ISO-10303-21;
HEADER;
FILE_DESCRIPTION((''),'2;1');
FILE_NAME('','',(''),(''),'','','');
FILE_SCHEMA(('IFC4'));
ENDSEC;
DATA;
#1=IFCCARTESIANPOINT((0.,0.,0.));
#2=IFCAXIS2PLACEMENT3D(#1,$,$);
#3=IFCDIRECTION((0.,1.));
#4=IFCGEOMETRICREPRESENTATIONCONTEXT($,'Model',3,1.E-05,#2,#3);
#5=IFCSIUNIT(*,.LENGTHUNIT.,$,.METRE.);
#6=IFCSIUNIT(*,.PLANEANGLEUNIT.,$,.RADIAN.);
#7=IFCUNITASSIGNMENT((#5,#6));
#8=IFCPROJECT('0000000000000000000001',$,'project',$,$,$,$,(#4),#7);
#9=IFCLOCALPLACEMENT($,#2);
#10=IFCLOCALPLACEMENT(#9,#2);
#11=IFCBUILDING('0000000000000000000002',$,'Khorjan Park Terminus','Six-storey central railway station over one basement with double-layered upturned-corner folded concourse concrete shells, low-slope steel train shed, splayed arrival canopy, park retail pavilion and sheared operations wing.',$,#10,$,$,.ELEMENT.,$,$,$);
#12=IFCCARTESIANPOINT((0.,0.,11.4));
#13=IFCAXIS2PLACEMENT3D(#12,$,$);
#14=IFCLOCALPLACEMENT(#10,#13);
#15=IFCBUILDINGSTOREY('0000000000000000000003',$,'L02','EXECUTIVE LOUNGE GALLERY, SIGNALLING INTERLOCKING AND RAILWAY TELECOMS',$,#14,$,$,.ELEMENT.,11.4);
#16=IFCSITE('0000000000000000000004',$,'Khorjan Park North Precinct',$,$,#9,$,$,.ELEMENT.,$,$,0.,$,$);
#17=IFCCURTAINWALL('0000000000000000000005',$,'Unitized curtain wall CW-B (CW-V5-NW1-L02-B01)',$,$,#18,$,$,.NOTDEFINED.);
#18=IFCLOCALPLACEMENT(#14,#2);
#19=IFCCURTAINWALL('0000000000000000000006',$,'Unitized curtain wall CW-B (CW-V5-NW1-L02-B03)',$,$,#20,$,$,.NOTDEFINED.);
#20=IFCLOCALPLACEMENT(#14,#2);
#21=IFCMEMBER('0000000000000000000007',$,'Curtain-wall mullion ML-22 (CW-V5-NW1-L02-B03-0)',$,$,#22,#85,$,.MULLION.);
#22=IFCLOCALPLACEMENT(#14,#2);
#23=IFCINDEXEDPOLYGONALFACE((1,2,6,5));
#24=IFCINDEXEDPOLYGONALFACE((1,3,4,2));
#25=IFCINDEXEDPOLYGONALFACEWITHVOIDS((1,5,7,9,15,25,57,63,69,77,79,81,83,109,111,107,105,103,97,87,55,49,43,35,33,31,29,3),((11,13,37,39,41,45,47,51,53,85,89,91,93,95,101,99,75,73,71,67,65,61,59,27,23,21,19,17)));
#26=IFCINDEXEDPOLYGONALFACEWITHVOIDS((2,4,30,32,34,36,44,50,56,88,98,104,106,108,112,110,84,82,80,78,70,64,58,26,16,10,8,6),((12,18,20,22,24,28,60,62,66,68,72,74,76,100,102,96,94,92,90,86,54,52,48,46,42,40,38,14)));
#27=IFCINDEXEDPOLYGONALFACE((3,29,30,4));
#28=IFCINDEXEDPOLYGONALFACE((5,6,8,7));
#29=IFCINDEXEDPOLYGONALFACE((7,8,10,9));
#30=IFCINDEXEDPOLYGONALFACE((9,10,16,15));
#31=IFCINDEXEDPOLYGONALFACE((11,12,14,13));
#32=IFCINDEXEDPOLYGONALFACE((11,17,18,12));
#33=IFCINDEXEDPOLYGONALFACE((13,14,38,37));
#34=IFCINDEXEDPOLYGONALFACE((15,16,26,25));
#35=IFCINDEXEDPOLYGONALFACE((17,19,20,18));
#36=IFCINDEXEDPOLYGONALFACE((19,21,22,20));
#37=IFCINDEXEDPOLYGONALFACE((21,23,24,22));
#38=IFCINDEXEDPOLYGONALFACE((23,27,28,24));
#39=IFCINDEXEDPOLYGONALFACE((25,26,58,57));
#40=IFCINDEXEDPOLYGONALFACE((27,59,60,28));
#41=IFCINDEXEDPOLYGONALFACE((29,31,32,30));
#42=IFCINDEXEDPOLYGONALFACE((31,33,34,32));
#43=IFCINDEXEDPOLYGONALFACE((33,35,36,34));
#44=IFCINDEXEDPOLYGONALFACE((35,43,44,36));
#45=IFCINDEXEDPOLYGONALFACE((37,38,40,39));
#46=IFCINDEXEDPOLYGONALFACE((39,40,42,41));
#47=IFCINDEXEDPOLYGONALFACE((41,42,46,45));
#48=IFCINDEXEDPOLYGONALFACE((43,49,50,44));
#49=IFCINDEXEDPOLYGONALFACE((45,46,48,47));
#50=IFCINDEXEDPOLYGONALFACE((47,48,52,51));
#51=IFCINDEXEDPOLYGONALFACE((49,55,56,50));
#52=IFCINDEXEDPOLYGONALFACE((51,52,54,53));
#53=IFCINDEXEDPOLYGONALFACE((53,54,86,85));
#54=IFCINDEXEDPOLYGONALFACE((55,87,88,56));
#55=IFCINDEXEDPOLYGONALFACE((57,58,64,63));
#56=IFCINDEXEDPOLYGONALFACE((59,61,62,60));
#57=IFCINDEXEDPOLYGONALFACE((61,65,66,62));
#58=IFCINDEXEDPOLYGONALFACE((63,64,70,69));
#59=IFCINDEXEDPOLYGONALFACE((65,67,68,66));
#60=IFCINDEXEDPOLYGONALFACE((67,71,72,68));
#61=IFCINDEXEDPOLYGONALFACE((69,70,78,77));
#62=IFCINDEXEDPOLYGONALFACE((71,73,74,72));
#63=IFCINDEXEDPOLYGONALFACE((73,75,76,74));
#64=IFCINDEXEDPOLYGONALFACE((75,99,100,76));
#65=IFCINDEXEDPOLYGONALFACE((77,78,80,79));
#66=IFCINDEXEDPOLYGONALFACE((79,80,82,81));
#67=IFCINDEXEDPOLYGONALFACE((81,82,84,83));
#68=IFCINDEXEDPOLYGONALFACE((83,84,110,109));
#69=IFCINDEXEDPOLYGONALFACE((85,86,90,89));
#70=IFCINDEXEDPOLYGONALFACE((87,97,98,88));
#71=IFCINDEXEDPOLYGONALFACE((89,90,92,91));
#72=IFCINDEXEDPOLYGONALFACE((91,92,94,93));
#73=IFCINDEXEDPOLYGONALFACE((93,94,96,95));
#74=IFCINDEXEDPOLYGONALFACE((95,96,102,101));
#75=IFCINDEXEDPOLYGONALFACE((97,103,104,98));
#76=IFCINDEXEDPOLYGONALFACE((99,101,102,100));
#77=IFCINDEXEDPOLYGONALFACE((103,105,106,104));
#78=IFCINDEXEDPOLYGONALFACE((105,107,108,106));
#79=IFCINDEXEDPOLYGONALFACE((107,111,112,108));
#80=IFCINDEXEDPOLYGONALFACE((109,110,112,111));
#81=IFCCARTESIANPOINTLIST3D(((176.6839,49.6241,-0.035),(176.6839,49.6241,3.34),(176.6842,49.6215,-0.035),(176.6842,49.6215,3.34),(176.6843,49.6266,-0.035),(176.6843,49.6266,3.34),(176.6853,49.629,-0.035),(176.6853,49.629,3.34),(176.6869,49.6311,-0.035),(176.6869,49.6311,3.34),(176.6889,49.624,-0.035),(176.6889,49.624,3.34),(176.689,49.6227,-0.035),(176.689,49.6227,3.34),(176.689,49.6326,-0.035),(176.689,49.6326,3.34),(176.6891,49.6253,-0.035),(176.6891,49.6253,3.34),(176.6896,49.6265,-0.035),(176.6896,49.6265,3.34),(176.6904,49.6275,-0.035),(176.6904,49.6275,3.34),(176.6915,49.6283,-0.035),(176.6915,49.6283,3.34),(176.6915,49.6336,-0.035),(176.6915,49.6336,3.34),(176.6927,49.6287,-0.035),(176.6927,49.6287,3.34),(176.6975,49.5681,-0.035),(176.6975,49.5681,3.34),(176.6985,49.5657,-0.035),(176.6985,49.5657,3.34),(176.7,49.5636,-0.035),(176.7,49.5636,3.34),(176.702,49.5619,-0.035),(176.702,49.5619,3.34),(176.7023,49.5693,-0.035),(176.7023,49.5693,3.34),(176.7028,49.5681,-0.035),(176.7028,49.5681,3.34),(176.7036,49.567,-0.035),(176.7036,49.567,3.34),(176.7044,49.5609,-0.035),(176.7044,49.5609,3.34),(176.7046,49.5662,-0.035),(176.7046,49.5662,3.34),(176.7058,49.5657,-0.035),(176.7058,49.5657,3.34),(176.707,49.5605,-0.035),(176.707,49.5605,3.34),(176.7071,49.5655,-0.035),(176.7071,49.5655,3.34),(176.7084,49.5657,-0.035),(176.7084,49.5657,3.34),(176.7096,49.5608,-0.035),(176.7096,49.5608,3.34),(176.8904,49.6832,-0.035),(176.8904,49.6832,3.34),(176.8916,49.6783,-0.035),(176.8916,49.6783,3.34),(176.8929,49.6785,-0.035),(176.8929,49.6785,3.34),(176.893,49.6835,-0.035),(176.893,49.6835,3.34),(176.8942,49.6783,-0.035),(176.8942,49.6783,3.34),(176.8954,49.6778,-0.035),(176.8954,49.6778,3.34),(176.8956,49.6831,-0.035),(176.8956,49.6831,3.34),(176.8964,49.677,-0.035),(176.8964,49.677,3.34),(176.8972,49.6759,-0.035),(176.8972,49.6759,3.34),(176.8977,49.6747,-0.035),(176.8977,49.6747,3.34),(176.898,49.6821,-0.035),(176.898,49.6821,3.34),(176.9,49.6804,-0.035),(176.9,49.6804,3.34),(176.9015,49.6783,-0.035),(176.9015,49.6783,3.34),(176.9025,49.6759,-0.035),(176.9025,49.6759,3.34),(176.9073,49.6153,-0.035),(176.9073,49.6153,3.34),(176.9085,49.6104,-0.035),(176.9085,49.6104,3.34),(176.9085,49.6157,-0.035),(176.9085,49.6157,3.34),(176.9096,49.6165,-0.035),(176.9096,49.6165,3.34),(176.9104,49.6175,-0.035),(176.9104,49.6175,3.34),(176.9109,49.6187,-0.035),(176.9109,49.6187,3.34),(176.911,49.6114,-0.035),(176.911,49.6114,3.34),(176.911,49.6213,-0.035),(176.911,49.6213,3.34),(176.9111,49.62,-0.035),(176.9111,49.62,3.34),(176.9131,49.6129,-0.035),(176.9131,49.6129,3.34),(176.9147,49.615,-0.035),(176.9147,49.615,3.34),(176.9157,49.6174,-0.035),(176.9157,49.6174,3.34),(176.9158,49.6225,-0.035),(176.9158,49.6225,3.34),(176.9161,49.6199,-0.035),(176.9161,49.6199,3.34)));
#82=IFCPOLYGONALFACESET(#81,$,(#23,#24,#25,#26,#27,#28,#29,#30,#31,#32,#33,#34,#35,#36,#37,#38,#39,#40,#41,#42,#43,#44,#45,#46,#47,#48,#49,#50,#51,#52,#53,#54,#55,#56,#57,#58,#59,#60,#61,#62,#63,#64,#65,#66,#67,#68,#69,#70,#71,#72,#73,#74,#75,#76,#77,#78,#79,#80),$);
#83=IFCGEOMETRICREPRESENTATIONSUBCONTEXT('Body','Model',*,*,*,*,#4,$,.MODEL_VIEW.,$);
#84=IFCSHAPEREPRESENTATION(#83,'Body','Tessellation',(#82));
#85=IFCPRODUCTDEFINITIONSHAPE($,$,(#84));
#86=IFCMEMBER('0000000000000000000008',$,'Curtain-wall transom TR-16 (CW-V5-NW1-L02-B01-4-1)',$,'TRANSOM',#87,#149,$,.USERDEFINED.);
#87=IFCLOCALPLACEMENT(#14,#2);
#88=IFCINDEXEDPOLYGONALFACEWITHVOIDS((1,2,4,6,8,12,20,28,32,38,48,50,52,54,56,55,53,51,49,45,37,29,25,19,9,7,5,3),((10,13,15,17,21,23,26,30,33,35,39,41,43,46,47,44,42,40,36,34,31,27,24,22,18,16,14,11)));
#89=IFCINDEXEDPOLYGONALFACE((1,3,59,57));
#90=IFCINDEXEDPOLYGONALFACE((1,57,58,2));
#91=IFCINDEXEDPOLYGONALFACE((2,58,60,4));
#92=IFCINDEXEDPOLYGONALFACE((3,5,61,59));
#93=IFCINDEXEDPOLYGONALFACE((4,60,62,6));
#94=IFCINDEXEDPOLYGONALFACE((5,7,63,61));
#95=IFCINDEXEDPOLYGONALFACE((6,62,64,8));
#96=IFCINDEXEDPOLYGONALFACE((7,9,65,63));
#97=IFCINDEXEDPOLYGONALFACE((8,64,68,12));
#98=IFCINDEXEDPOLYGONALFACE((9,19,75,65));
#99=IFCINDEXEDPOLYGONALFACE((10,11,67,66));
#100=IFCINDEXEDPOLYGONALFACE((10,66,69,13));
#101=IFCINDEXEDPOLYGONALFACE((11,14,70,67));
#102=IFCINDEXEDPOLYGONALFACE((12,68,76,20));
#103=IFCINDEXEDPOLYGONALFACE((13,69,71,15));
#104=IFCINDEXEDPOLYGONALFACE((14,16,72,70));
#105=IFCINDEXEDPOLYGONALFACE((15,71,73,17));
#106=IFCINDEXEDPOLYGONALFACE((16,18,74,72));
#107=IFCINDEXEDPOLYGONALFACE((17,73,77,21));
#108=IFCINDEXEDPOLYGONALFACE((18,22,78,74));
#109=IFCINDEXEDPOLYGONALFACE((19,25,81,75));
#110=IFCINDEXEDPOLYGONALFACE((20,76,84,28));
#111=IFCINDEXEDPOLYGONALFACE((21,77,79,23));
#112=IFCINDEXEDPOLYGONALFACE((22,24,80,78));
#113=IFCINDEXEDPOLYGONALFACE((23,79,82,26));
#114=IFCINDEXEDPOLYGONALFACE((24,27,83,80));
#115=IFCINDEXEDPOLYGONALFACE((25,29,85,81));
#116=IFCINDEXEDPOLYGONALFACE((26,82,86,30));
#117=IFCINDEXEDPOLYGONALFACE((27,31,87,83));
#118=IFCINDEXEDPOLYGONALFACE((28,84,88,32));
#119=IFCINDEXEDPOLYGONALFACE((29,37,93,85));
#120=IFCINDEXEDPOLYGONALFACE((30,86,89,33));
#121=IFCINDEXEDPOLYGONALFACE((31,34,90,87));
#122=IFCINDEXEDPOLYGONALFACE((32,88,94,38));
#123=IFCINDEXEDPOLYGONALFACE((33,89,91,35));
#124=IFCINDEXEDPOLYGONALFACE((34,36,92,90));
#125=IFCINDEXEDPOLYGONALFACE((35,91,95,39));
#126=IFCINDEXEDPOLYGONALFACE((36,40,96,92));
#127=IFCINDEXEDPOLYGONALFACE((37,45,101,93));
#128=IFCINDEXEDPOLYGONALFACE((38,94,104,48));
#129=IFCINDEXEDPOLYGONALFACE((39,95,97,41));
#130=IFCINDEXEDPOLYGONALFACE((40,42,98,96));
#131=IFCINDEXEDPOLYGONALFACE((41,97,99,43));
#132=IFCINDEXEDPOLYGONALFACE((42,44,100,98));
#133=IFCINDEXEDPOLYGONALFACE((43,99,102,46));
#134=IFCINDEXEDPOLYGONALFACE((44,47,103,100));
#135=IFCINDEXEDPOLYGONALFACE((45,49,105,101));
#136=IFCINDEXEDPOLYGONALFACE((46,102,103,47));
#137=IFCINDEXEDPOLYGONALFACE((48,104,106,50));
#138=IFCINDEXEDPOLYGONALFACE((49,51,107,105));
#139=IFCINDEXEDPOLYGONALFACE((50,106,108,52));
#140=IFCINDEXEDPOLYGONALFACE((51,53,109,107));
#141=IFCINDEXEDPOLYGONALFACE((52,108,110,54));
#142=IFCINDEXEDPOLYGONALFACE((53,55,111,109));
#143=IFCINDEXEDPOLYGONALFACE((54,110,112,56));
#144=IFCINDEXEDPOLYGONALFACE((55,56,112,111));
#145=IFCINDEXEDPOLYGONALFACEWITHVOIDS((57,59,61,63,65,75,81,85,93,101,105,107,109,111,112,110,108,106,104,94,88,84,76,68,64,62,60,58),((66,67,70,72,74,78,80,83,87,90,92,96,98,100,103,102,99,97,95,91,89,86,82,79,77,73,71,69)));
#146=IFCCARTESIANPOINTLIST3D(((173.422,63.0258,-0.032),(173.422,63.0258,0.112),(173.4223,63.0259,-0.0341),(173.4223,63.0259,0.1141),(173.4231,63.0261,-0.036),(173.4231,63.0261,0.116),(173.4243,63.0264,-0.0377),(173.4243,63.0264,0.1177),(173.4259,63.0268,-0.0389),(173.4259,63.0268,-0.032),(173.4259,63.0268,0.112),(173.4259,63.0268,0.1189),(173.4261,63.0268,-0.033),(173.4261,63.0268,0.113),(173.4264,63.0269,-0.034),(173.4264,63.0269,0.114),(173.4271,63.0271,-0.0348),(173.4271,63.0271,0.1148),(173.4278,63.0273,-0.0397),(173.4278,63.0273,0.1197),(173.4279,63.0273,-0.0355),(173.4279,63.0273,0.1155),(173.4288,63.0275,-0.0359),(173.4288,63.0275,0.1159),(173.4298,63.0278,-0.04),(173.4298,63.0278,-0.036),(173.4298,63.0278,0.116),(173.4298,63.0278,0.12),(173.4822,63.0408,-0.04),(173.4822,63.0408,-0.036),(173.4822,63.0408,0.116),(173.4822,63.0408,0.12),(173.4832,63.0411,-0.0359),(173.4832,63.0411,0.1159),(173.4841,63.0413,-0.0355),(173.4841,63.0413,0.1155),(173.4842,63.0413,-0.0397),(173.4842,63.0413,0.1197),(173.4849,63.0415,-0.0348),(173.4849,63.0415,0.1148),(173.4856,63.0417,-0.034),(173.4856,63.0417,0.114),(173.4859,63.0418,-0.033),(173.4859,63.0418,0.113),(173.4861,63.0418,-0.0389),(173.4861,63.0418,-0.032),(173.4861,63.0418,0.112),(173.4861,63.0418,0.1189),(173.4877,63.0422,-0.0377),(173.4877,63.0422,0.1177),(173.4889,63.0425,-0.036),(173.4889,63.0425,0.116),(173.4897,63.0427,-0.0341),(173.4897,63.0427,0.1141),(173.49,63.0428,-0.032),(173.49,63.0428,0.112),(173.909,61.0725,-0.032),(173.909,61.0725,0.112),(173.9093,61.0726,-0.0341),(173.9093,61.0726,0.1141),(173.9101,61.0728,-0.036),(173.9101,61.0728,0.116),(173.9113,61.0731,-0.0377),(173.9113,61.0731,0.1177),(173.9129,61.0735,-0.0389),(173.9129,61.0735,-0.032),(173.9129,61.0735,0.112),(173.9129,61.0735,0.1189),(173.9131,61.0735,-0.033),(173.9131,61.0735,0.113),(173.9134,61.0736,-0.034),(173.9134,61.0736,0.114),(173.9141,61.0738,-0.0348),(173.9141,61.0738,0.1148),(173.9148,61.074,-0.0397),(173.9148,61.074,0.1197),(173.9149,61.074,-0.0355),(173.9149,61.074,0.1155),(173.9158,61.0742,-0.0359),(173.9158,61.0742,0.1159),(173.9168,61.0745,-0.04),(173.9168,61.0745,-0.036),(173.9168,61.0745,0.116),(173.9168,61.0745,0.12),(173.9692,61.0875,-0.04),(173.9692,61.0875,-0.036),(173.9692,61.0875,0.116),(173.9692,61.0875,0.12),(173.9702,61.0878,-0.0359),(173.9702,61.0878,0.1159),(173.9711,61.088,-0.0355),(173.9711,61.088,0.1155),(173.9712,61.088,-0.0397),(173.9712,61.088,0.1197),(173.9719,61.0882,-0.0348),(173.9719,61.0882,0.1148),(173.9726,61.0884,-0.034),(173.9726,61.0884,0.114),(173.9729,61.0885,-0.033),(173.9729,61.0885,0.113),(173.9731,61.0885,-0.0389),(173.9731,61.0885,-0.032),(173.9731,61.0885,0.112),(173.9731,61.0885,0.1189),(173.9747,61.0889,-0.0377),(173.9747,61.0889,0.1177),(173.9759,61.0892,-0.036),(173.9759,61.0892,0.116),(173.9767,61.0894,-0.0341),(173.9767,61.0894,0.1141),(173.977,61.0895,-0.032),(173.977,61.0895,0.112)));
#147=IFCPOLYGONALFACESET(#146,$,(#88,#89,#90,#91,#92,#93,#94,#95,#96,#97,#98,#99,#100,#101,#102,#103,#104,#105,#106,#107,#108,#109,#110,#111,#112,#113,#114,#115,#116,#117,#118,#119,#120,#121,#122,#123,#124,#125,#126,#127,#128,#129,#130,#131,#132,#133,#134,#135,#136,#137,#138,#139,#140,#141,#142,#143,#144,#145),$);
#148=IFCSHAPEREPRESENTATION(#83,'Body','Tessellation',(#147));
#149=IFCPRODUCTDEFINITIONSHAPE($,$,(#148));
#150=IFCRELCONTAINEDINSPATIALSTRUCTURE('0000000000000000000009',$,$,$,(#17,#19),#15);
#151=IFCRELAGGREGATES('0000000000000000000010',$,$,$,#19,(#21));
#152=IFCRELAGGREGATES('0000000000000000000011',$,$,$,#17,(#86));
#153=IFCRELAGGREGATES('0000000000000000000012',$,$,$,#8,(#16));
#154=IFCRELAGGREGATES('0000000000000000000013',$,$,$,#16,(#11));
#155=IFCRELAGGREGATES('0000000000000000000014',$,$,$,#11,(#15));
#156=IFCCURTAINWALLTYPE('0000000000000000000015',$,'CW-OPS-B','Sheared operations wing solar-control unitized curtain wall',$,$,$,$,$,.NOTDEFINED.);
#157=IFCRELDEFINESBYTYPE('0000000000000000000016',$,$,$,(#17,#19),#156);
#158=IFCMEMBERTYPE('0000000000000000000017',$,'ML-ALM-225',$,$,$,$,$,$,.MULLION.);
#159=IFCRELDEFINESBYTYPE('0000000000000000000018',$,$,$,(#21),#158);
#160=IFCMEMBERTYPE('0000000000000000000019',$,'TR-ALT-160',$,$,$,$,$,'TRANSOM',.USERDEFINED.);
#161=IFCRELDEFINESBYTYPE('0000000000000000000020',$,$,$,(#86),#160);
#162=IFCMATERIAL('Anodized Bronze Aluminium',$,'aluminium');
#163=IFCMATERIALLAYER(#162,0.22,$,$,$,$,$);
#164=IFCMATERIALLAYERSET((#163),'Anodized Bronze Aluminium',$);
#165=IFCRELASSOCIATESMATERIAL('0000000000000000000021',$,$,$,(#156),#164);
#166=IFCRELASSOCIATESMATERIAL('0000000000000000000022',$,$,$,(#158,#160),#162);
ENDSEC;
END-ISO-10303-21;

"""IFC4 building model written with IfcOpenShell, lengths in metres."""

from ifc_helpers import new_model, si_unit, direction, frame, origin, origin_2d, place, context, subcontext, project, spatial, hollow_rectangle, extrude, material, layer, layer_set, material_profile, profile_set, type_object, element, aggregate, save


model = new_model("IFC4")

# Units and contexts
model_context = context("Model", 3, precision=1e-05, world=origin(), true_north=direction((0.0, 1.0)))
body_context = subcontext(model_context, "Body", "Model", "MODEL_VIEW")
ifc_project = project(units=[si_unit("LENGTHUNIT", "METRE"), si_unit("PLANEANGLEUNIT", "RADIAN")], contexts=[model_context])

# Site, building, storey
site_placement = place(None, origin())
site = spatial("IfcSite", under=ifc_project, at=site_placement, Name="Khorjan Park North Precinct", CompositionType="ELEMENT", RefElevation=0.0)
building_placement = place(site_placement, origin())
building = spatial("IfcBuilding", under=site, at=building_placement, Name="Khorjan Park Terminus", Description="Six-storey central railway station over one basement with double-layered upturned-corner folded concourse concrete shells, low-slope steel train shed, splayed arrival canopy, park retail pavilion and sheared operations wing.", CompositionType="ELEMENT")
storey_placement = place(building_placement, frame((0.0, 0.0, 11.4)))
storey = spatial("IfcBuildingStorey", under=building, at=storey_placement, Name="L02", Description="EXECUTIVE LOUNGE GALLERY, SIGNALLING INTERLOCKING AND RAILWAY TELECOMS", CompositionType="ELEMENT", Elevation=11.4)

# Curtain wall
ifc_material_1 = material(Name="Anodized Bronze Aluminium", Category="aluminium")
ifc_layer_1 = layer(ifc_material_1, 0.22)
ifc_layer_set_1 = layer_set([ifc_layer_1], Name="Anodized Bronze Aluminium")
curtain_wall_type = type_object("IfcCurtainWallType", Name="CW-OPS-B", Description="Sheared operations wing solar-control unitized curtain wall", PredefinedType="NOTDEFINED", material=ifc_layer_set_1)
curtain_wall_1_placement = place(storey_placement, origin())
curtain_wall_1 = element("IfcCurtainWall", 1, at=curtain_wall_1_placement, inside=storey, type_object=curtain_wall_type, Name="Unitized curtain wall CW-B (CW-V5-NW1-L02-B01)", PredefinedType="NOTDEFINED")
ifc_material_profile_1 = material_profile(ifc_material_1, hollow_rectangle(XDim=0.075, YDim=0.225, WallThickness=0.005, InnerFilletRadius=0.005, OuterFilletRadius=0.01, at=origin_2d()), Name="ALM 75x225x5")
ifc_profile_set_1 = profile_set([ifc_material_profile_1], Name="Anodized Bronze Aluminium")
member_type_1 = type_object("IfcMemberType", Name="ML-ALM-225", PredefinedType="MULLION", material=ifc_profile_set_1)

# Curtain wall, member
curtain_wall_2_placement = place(storey_placement, origin())
curtain_wall_2 = element("IfcCurtainWall", 2, at=curtain_wall_2_placement, inside=storey, type_object=curtain_wall_type, Name="Unitized curtain wall CW-B (CW-V5-NW1-L02-B03)", PredefinedType="NOTDEFINED")
member_1_placement = place(storey_placement, frame((176.8, 49.622, -0.035), z_axis=(0.0, 0.0, 1.0), x_axis=(0.241921, -0.970296, 0.0)))
member_1 = element("IfcMember", 3, at=member_1_placement, type_object=member_type_1, Name="Curtain-wall mullion ML-22 (CW-V5-NW1-L02-B03-0)", PredefinedType="MULLION", context=body_context, shape_type="SweptSolid", body=[
    extrude(hollow_rectangle(XDim=0.075, YDim=0.225, WallThickness=0.005, InnerFilletRadius=0.005, OuterFilletRadius=0.01, at=origin_2d()), origin(), (0.0, 0.0, 1.0), 3.375),
])

# Member
ifc_material_profile_2 = material_profile(ifc_material_1, hollow_rectangle(XDim=0.07, YDim=0.16, WallThickness=0.004, InnerFilletRadius=0.004, OuterFilletRadius=0.008, at=origin_2d()), Name="ALT 70x160x4")
ifc_profile_set_2 = profile_set([ifc_material_profile_2], Name="Anodized Bronze Aluminium")
member_type_2 = type_object("IfcMemberType", Name="TR-ALT-160", ElementType="TRANSOM", PredefinedType="USERDEFINED", material=ifc_profile_set_2)
member_2_placement = place(storey_placement, frame((173.456, 63.0343, 0.04), z_axis=(0.241916, -0.970297, 0.0), x_axis=(0.970297, 0.241916, 0.0)))
member_2 = element("IfcMember", 4, at=member_2_placement, type_object=member_type_2, Name="Curtain-wall transom TR-16 (CW-V5-NW1-L02-B01-4-1)", ObjectType="TRANSOM", PredefinedType="USERDEFINED", context=body_context, shape_type="SweptSolid", body=[
    extrude(hollow_rectangle(XDim=0.07, YDim=0.16, WallThickness=0.004, InnerFilletRadius=0.004, OuterFilletRadius=0.008, at=origin_2d()), origin(), (0.0, 0.0, 1.0), 2.0131),
])
aggregate(curtain_wall_2, [member_1])

aggregate(curtain_wall_1, [member_2])

save(model, "model.ifc")
